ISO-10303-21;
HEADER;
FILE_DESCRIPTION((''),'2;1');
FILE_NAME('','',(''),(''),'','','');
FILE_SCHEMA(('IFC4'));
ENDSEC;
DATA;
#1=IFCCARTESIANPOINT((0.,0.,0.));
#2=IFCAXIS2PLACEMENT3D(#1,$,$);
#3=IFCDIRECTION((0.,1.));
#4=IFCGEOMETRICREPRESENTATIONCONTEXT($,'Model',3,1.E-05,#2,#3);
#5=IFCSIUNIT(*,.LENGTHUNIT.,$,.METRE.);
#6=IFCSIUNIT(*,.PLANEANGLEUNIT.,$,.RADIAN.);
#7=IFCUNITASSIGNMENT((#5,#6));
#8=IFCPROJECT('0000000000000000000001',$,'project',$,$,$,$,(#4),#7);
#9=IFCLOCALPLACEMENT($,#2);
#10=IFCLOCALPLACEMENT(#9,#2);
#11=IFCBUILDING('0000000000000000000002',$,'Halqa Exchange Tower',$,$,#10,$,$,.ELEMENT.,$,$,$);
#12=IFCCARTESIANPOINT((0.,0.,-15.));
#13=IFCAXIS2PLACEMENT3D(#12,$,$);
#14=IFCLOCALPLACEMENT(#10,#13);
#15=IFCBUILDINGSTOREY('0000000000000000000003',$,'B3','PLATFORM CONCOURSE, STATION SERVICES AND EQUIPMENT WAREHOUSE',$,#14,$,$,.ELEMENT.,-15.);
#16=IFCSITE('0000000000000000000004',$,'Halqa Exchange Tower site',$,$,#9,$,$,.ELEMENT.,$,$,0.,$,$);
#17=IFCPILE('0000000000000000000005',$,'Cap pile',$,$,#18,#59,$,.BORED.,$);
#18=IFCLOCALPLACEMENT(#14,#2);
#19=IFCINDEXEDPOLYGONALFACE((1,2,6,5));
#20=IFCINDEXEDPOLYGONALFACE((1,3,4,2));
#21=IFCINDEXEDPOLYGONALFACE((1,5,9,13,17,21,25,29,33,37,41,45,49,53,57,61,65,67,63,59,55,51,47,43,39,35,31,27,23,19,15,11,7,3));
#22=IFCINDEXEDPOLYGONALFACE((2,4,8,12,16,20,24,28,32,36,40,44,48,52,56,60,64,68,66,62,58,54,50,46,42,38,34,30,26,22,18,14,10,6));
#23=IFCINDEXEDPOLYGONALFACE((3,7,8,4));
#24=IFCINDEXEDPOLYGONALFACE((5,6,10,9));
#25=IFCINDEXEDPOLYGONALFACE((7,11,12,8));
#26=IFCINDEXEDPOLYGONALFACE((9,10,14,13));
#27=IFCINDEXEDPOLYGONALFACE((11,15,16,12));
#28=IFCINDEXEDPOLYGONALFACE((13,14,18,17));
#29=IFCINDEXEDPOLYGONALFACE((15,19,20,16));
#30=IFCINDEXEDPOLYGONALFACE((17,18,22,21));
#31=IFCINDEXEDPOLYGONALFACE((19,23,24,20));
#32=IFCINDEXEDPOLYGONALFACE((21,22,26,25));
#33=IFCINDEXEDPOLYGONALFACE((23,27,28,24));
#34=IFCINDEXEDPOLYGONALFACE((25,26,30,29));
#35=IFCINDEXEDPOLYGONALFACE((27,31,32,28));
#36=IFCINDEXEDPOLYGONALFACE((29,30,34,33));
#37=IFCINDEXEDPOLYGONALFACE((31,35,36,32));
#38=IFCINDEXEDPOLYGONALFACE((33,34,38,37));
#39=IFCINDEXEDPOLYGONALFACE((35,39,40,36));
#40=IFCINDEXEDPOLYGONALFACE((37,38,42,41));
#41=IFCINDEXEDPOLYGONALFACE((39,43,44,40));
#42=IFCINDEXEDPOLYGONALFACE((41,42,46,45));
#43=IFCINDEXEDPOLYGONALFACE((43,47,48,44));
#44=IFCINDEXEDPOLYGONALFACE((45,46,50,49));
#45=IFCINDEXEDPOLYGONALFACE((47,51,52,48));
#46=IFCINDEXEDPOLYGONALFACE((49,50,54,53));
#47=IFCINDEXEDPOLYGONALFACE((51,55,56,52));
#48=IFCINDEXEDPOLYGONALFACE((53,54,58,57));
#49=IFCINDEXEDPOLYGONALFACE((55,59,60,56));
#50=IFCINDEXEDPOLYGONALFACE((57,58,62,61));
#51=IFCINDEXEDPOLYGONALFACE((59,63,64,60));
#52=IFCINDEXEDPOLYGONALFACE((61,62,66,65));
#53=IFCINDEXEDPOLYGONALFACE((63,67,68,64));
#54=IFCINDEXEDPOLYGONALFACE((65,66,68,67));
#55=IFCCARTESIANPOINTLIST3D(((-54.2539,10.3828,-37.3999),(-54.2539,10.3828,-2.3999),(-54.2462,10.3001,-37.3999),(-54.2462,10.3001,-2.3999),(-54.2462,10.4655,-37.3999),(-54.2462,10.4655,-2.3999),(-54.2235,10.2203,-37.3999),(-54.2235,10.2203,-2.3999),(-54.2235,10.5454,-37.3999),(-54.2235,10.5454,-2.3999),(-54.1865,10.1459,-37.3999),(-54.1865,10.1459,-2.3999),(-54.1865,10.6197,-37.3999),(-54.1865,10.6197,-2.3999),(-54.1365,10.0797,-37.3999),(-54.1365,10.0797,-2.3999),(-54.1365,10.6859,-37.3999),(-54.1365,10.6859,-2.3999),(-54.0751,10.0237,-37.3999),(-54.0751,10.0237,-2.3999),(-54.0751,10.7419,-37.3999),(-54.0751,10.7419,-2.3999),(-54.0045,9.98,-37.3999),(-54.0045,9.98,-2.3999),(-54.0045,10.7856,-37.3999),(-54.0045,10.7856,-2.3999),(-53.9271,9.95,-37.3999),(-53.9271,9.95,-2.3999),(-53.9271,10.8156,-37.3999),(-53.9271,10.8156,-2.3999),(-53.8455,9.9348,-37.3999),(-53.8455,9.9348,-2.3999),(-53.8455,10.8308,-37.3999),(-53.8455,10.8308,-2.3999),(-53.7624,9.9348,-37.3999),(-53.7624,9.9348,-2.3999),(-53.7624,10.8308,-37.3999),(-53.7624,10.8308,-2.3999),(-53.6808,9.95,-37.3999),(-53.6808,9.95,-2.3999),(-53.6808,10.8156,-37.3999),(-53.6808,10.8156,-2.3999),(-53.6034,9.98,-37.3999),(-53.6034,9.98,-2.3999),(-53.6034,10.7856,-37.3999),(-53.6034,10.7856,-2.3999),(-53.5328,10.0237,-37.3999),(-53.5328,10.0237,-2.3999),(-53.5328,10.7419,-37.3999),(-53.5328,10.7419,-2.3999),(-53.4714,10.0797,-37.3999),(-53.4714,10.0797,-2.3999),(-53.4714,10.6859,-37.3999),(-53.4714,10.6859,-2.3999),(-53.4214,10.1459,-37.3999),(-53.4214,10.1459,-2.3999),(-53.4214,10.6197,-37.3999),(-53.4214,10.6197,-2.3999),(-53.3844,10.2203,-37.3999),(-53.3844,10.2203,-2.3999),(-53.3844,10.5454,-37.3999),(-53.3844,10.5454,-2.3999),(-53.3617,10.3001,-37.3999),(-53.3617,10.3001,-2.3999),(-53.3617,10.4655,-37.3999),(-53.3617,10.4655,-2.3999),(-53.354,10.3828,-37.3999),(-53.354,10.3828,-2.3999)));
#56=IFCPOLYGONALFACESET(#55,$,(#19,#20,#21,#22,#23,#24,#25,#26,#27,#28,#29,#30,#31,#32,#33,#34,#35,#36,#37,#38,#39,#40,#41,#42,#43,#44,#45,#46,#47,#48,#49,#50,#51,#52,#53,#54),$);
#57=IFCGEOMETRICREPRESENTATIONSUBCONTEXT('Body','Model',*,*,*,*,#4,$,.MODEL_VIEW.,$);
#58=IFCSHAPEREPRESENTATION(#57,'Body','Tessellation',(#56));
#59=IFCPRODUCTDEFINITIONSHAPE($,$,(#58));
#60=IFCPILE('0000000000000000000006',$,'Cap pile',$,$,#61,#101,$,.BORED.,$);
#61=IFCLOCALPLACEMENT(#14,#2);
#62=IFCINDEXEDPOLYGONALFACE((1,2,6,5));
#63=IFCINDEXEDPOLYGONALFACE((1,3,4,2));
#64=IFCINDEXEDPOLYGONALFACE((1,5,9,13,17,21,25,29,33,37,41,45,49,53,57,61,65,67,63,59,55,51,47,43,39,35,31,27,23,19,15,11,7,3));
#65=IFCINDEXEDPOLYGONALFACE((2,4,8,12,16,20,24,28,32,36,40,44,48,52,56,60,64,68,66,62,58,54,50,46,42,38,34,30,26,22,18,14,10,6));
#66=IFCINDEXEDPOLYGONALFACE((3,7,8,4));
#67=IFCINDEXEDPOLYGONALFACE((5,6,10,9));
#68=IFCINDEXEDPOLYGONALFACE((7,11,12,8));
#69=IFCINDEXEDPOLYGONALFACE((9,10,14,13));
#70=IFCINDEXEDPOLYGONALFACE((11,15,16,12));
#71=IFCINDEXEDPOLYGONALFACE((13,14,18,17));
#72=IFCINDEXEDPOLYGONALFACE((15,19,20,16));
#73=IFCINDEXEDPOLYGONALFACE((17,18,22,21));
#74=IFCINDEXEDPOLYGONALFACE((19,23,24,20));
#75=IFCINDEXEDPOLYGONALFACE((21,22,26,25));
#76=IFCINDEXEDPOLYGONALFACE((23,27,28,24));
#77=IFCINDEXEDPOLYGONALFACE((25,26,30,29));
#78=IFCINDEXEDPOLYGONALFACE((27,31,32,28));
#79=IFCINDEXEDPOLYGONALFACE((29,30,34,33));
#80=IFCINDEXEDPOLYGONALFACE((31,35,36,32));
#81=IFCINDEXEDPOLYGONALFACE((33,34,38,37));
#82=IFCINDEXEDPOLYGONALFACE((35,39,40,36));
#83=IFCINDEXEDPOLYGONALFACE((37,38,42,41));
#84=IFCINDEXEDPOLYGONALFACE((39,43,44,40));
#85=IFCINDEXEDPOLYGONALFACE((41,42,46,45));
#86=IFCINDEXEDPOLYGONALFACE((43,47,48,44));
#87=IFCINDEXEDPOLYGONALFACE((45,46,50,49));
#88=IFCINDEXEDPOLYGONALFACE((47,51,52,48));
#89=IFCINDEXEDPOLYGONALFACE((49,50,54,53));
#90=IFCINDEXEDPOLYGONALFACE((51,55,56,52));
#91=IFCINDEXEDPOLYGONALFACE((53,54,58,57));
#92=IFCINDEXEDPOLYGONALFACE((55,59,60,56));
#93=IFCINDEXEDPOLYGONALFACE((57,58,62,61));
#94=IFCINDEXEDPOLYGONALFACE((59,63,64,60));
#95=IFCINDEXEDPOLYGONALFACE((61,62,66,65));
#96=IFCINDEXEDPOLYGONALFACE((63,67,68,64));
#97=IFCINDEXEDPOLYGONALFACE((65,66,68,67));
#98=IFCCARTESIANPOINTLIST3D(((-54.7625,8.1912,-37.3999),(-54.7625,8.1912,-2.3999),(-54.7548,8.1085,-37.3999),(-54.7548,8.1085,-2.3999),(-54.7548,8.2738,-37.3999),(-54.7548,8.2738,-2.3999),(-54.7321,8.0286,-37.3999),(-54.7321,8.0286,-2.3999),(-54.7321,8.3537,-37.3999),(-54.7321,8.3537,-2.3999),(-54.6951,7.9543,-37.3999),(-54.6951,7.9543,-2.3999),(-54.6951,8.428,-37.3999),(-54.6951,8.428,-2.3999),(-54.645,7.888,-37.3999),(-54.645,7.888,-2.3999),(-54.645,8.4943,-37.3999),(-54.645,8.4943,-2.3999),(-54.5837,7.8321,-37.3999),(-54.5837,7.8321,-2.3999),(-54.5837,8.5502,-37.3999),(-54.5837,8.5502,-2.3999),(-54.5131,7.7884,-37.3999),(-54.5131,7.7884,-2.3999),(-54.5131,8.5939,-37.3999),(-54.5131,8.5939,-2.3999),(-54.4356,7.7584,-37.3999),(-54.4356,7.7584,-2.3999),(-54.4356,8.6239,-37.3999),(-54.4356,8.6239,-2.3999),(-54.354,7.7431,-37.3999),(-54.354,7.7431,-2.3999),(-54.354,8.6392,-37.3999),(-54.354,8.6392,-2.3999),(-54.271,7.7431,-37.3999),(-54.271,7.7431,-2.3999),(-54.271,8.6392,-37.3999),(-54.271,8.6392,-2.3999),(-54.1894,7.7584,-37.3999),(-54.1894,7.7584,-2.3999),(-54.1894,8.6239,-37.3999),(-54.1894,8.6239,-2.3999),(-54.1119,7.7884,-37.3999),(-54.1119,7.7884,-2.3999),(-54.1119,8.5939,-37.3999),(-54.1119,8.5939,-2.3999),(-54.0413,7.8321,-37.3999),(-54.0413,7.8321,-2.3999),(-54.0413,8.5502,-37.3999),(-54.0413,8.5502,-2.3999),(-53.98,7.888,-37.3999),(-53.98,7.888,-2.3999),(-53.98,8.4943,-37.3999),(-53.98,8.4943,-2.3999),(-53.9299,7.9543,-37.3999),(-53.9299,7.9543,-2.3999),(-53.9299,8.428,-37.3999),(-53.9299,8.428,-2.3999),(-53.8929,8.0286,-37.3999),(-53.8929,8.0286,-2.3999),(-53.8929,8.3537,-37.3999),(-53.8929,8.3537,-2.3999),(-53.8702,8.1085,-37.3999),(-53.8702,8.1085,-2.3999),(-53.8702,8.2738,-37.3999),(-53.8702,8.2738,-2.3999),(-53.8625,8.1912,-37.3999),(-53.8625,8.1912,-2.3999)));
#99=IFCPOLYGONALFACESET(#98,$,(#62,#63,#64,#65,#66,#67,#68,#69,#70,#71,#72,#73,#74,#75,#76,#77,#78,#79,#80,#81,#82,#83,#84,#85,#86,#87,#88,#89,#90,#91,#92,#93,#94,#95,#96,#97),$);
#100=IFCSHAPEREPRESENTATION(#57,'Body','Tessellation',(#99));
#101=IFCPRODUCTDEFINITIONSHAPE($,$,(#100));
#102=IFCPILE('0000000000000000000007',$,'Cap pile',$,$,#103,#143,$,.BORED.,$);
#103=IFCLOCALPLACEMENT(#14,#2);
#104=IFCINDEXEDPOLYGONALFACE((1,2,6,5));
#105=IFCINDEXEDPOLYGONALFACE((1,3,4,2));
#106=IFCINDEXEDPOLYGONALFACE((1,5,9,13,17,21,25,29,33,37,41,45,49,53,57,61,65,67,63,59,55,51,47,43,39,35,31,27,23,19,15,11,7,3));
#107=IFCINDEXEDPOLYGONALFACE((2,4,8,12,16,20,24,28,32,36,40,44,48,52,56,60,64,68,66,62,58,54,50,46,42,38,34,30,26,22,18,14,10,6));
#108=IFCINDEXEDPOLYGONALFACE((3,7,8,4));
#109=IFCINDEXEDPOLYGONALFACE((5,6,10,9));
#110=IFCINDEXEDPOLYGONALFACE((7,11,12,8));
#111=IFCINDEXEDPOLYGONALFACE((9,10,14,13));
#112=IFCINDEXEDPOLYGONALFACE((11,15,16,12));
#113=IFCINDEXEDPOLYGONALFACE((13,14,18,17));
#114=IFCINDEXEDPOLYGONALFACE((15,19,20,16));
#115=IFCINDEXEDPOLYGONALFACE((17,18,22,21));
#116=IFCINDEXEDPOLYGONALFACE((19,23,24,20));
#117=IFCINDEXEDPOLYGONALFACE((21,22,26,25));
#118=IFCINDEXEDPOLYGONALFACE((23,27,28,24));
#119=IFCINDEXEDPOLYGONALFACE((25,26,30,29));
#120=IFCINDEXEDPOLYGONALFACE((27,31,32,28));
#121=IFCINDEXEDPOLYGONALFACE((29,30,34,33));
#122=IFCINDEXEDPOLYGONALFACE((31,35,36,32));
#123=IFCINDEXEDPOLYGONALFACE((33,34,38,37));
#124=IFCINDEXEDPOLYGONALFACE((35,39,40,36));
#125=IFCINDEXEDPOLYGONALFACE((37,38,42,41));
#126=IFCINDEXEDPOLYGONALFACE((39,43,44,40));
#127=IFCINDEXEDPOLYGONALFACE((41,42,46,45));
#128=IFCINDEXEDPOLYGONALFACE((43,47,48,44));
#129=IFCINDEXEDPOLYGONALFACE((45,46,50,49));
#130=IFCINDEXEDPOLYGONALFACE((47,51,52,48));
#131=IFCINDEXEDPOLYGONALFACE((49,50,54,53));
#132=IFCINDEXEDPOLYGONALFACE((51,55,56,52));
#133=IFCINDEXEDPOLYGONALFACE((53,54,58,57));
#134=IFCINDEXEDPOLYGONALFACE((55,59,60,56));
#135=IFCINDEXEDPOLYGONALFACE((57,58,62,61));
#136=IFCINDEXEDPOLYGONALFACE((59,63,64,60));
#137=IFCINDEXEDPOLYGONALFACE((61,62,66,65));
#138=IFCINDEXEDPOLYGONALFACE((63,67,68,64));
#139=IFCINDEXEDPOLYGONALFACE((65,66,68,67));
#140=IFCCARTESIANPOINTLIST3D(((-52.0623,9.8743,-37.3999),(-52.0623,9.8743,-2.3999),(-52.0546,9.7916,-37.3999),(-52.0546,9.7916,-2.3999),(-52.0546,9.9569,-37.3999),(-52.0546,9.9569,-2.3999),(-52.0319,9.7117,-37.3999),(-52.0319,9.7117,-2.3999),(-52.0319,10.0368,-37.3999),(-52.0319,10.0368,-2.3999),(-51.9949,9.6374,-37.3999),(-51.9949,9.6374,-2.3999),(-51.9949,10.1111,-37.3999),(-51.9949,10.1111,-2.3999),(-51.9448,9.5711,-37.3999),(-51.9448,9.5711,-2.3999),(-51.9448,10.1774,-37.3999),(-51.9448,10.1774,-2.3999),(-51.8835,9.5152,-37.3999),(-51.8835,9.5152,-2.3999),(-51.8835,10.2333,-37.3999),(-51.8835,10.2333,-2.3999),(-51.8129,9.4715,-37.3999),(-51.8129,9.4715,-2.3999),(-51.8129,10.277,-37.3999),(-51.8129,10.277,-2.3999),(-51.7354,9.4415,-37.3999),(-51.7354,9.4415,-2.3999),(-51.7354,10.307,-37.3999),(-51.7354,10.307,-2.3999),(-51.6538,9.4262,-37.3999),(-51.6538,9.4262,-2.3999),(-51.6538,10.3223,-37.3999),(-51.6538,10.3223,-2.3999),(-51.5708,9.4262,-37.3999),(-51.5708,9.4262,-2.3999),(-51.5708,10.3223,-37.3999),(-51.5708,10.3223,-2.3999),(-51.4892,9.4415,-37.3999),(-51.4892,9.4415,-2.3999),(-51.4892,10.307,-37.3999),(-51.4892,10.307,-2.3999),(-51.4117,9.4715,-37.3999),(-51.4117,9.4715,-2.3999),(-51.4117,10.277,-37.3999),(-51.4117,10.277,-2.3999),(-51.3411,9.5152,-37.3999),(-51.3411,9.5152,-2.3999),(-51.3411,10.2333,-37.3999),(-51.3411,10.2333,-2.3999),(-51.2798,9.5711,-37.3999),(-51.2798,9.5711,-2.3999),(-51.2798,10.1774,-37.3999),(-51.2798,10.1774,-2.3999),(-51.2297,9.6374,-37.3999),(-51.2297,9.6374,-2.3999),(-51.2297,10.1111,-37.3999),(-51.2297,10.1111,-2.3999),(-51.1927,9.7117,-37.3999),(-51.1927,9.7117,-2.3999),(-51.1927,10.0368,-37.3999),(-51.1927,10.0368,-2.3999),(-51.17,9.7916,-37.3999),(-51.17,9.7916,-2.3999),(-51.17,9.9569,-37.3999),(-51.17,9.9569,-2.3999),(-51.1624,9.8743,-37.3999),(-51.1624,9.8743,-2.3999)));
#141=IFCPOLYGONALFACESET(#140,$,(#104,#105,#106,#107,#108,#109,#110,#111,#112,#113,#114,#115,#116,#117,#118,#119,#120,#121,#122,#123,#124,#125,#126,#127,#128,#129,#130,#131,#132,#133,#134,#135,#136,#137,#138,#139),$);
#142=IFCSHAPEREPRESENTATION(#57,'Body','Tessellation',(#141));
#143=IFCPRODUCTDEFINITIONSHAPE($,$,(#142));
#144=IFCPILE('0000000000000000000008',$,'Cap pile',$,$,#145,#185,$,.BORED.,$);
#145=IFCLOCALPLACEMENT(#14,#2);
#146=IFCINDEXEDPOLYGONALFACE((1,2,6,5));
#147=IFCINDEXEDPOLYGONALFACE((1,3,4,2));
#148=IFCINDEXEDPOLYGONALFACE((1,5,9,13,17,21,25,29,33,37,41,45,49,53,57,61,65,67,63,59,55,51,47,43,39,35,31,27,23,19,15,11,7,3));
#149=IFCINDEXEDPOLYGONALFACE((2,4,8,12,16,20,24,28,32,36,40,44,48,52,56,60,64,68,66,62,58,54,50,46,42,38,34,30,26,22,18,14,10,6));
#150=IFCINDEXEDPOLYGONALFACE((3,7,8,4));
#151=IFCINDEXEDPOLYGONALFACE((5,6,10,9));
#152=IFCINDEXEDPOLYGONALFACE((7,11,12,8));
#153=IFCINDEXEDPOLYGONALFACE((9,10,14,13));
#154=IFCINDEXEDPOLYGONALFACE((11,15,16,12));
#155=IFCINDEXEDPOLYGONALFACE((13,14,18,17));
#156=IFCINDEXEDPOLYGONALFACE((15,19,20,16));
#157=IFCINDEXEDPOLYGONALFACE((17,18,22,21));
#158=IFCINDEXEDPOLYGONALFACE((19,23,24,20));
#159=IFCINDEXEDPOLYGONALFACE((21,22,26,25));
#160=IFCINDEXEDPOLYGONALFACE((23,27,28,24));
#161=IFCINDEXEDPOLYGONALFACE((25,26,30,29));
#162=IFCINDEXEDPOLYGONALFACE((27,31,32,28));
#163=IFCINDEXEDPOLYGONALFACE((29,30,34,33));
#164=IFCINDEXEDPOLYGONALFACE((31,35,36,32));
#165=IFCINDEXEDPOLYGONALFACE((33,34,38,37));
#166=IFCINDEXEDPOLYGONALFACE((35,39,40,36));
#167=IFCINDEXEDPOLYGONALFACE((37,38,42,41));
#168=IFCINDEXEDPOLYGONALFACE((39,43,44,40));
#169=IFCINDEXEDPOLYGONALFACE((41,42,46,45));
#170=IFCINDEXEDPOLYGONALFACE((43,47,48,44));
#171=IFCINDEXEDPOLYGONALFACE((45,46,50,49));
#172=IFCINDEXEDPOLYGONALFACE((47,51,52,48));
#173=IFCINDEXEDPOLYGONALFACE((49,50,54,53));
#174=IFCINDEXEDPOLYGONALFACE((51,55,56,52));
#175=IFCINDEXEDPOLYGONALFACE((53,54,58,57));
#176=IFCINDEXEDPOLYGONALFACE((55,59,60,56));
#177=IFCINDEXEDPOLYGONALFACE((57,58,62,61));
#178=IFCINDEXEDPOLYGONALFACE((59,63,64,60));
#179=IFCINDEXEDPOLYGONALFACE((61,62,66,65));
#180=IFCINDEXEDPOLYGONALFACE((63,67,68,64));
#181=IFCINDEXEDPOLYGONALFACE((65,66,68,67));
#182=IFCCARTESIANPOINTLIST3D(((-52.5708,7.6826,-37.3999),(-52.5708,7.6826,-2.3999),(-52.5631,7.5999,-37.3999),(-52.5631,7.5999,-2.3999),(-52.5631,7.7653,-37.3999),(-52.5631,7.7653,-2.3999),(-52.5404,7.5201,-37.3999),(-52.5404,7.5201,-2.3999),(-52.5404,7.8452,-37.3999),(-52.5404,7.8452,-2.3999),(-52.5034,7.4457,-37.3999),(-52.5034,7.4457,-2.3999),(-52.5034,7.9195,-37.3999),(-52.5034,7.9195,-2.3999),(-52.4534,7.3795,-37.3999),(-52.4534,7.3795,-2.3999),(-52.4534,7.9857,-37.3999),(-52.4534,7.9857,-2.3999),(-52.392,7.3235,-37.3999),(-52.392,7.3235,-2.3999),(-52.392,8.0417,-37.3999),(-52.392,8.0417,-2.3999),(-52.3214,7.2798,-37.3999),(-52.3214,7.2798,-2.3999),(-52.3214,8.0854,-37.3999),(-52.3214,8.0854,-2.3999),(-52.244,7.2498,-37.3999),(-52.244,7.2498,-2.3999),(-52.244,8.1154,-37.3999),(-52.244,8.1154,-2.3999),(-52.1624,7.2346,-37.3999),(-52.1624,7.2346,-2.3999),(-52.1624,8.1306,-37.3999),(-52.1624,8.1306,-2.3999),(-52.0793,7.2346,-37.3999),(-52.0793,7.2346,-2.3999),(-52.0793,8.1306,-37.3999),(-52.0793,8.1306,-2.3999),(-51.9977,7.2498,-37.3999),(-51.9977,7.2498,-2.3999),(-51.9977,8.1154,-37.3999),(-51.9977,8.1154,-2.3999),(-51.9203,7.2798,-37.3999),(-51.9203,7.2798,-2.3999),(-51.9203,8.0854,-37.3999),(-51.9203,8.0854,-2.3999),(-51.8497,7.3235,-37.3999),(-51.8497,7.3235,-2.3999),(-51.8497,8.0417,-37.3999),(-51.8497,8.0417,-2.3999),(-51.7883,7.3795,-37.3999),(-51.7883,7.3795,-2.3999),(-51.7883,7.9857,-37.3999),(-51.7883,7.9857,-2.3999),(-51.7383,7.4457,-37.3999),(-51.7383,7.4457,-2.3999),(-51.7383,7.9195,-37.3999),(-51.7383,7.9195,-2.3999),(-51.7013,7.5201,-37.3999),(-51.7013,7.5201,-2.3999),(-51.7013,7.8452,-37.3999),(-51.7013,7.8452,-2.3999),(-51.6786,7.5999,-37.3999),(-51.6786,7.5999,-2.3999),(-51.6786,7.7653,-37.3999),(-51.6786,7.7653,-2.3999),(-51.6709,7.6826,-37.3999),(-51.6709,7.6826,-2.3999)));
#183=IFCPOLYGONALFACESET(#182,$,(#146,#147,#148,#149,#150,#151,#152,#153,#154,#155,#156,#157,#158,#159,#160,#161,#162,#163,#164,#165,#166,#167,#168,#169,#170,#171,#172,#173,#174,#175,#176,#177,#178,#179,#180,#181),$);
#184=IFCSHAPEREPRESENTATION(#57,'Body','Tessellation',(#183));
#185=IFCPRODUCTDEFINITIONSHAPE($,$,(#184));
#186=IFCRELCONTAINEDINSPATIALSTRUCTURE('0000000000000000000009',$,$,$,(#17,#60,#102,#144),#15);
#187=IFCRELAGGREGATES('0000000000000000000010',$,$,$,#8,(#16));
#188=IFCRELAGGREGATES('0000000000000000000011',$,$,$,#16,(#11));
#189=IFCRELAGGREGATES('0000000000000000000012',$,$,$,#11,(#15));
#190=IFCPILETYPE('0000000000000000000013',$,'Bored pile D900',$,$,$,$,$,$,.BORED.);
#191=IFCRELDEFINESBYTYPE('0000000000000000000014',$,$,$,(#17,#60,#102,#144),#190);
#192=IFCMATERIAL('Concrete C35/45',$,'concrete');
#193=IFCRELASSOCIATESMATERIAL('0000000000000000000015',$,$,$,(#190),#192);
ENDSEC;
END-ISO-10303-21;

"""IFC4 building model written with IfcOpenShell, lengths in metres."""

from ifc_helpers import new_model, si_unit, direction, frame, origin, origin_2d, place, context, subcontext, project, spatial, circle, extrude, material, material_profile, profile_set, type_object, element, save


model = new_model("IFC4")

# Units and contexts
model_context = context("Model", 3, precision=1e-05, world=origin(), true_north=direction((0.0, 1.0)))
body_context = subcontext(model_context, "Body", "Model", "MODEL_VIEW")
ifc_project = project(units=[si_unit("LENGTHUNIT", "METRE"), si_unit("PLANEANGLEUNIT", "RADIAN")], contexts=[model_context])

# Site, building, storey
site_placement = place(None, origin())
site = spatial("IfcSite", under=ifc_project, at=site_placement, Name="Halqa Exchange Tower site", CompositionType="ELEMENT", RefElevation=0.0)
building_placement = place(site_placement, origin())
building = spatial("IfcBuilding", under=site, at=building_placement, Name="Halqa Exchange Tower", CompositionType="ELEMENT")
storey_placement = place(building_placement, frame((0.0, 0.0, -15.0)))
storey = spatial("IfcBuildingStorey", under=building, at=storey_placement, Name="B3", Description="PLATFORM CONCOURSE, STATION SERVICES AND EQUIPMENT WAREHOUSE", CompositionType="ELEMENT", Elevation=-15.0)

# Piles
ifc_material_1 = material(Name="Concrete C35/45", Category="concrete")
ifc_material_profile_1 = material_profile(ifc_material_1, circle(Radius=0.45, at=origin_2d()), Name="D900")
ifc_profile_set_1 = profile_set([ifc_material_profile_1], Name="Concrete C35/45")
pile_type = type_object("IfcPileType", Name="Bored pile D900", PredefinedType="BORED", material=ifc_profile_set_1)
for number, where, z_axis, x_axis, name in (
    (1, (-53.804, 10.3828, -2.3999), (0.0, 0.0, -1.0), (1.0, 0.0, 0.0), "Cap pile"),
    (2, (-54.3125, 8.1912, -2.3999), (0.0, 0.0, -1.0), (1.0, 0.0, 0.0), "Cap pile"),
    (3, (-51.6123, 9.8743, -2.3999), (0.0, 0.0, -1.0), (1.0, 0.0, 0.0), "Cap pile"),
    (4, (-52.1208, 7.6826, -2.3999), (0.0, 0.0, -1.0), (1.0, 0.0, 0.0), "Cap pile"),
):
    element("IfcPile", number, at=place(storey_placement, frame(where, z_axis=z_axis, x_axis=x_axis)), inside=storey, type_object=pile_type, Name=name, PredefinedType="BORED", context=body_context, shape_type="SweptSolid", body=[
        extrude(circle(Radius=0.45, at=origin_2d()), origin(), (0.0, 0.0, 1.0), 35.0),
    ])

save(model, "model.ifc")
